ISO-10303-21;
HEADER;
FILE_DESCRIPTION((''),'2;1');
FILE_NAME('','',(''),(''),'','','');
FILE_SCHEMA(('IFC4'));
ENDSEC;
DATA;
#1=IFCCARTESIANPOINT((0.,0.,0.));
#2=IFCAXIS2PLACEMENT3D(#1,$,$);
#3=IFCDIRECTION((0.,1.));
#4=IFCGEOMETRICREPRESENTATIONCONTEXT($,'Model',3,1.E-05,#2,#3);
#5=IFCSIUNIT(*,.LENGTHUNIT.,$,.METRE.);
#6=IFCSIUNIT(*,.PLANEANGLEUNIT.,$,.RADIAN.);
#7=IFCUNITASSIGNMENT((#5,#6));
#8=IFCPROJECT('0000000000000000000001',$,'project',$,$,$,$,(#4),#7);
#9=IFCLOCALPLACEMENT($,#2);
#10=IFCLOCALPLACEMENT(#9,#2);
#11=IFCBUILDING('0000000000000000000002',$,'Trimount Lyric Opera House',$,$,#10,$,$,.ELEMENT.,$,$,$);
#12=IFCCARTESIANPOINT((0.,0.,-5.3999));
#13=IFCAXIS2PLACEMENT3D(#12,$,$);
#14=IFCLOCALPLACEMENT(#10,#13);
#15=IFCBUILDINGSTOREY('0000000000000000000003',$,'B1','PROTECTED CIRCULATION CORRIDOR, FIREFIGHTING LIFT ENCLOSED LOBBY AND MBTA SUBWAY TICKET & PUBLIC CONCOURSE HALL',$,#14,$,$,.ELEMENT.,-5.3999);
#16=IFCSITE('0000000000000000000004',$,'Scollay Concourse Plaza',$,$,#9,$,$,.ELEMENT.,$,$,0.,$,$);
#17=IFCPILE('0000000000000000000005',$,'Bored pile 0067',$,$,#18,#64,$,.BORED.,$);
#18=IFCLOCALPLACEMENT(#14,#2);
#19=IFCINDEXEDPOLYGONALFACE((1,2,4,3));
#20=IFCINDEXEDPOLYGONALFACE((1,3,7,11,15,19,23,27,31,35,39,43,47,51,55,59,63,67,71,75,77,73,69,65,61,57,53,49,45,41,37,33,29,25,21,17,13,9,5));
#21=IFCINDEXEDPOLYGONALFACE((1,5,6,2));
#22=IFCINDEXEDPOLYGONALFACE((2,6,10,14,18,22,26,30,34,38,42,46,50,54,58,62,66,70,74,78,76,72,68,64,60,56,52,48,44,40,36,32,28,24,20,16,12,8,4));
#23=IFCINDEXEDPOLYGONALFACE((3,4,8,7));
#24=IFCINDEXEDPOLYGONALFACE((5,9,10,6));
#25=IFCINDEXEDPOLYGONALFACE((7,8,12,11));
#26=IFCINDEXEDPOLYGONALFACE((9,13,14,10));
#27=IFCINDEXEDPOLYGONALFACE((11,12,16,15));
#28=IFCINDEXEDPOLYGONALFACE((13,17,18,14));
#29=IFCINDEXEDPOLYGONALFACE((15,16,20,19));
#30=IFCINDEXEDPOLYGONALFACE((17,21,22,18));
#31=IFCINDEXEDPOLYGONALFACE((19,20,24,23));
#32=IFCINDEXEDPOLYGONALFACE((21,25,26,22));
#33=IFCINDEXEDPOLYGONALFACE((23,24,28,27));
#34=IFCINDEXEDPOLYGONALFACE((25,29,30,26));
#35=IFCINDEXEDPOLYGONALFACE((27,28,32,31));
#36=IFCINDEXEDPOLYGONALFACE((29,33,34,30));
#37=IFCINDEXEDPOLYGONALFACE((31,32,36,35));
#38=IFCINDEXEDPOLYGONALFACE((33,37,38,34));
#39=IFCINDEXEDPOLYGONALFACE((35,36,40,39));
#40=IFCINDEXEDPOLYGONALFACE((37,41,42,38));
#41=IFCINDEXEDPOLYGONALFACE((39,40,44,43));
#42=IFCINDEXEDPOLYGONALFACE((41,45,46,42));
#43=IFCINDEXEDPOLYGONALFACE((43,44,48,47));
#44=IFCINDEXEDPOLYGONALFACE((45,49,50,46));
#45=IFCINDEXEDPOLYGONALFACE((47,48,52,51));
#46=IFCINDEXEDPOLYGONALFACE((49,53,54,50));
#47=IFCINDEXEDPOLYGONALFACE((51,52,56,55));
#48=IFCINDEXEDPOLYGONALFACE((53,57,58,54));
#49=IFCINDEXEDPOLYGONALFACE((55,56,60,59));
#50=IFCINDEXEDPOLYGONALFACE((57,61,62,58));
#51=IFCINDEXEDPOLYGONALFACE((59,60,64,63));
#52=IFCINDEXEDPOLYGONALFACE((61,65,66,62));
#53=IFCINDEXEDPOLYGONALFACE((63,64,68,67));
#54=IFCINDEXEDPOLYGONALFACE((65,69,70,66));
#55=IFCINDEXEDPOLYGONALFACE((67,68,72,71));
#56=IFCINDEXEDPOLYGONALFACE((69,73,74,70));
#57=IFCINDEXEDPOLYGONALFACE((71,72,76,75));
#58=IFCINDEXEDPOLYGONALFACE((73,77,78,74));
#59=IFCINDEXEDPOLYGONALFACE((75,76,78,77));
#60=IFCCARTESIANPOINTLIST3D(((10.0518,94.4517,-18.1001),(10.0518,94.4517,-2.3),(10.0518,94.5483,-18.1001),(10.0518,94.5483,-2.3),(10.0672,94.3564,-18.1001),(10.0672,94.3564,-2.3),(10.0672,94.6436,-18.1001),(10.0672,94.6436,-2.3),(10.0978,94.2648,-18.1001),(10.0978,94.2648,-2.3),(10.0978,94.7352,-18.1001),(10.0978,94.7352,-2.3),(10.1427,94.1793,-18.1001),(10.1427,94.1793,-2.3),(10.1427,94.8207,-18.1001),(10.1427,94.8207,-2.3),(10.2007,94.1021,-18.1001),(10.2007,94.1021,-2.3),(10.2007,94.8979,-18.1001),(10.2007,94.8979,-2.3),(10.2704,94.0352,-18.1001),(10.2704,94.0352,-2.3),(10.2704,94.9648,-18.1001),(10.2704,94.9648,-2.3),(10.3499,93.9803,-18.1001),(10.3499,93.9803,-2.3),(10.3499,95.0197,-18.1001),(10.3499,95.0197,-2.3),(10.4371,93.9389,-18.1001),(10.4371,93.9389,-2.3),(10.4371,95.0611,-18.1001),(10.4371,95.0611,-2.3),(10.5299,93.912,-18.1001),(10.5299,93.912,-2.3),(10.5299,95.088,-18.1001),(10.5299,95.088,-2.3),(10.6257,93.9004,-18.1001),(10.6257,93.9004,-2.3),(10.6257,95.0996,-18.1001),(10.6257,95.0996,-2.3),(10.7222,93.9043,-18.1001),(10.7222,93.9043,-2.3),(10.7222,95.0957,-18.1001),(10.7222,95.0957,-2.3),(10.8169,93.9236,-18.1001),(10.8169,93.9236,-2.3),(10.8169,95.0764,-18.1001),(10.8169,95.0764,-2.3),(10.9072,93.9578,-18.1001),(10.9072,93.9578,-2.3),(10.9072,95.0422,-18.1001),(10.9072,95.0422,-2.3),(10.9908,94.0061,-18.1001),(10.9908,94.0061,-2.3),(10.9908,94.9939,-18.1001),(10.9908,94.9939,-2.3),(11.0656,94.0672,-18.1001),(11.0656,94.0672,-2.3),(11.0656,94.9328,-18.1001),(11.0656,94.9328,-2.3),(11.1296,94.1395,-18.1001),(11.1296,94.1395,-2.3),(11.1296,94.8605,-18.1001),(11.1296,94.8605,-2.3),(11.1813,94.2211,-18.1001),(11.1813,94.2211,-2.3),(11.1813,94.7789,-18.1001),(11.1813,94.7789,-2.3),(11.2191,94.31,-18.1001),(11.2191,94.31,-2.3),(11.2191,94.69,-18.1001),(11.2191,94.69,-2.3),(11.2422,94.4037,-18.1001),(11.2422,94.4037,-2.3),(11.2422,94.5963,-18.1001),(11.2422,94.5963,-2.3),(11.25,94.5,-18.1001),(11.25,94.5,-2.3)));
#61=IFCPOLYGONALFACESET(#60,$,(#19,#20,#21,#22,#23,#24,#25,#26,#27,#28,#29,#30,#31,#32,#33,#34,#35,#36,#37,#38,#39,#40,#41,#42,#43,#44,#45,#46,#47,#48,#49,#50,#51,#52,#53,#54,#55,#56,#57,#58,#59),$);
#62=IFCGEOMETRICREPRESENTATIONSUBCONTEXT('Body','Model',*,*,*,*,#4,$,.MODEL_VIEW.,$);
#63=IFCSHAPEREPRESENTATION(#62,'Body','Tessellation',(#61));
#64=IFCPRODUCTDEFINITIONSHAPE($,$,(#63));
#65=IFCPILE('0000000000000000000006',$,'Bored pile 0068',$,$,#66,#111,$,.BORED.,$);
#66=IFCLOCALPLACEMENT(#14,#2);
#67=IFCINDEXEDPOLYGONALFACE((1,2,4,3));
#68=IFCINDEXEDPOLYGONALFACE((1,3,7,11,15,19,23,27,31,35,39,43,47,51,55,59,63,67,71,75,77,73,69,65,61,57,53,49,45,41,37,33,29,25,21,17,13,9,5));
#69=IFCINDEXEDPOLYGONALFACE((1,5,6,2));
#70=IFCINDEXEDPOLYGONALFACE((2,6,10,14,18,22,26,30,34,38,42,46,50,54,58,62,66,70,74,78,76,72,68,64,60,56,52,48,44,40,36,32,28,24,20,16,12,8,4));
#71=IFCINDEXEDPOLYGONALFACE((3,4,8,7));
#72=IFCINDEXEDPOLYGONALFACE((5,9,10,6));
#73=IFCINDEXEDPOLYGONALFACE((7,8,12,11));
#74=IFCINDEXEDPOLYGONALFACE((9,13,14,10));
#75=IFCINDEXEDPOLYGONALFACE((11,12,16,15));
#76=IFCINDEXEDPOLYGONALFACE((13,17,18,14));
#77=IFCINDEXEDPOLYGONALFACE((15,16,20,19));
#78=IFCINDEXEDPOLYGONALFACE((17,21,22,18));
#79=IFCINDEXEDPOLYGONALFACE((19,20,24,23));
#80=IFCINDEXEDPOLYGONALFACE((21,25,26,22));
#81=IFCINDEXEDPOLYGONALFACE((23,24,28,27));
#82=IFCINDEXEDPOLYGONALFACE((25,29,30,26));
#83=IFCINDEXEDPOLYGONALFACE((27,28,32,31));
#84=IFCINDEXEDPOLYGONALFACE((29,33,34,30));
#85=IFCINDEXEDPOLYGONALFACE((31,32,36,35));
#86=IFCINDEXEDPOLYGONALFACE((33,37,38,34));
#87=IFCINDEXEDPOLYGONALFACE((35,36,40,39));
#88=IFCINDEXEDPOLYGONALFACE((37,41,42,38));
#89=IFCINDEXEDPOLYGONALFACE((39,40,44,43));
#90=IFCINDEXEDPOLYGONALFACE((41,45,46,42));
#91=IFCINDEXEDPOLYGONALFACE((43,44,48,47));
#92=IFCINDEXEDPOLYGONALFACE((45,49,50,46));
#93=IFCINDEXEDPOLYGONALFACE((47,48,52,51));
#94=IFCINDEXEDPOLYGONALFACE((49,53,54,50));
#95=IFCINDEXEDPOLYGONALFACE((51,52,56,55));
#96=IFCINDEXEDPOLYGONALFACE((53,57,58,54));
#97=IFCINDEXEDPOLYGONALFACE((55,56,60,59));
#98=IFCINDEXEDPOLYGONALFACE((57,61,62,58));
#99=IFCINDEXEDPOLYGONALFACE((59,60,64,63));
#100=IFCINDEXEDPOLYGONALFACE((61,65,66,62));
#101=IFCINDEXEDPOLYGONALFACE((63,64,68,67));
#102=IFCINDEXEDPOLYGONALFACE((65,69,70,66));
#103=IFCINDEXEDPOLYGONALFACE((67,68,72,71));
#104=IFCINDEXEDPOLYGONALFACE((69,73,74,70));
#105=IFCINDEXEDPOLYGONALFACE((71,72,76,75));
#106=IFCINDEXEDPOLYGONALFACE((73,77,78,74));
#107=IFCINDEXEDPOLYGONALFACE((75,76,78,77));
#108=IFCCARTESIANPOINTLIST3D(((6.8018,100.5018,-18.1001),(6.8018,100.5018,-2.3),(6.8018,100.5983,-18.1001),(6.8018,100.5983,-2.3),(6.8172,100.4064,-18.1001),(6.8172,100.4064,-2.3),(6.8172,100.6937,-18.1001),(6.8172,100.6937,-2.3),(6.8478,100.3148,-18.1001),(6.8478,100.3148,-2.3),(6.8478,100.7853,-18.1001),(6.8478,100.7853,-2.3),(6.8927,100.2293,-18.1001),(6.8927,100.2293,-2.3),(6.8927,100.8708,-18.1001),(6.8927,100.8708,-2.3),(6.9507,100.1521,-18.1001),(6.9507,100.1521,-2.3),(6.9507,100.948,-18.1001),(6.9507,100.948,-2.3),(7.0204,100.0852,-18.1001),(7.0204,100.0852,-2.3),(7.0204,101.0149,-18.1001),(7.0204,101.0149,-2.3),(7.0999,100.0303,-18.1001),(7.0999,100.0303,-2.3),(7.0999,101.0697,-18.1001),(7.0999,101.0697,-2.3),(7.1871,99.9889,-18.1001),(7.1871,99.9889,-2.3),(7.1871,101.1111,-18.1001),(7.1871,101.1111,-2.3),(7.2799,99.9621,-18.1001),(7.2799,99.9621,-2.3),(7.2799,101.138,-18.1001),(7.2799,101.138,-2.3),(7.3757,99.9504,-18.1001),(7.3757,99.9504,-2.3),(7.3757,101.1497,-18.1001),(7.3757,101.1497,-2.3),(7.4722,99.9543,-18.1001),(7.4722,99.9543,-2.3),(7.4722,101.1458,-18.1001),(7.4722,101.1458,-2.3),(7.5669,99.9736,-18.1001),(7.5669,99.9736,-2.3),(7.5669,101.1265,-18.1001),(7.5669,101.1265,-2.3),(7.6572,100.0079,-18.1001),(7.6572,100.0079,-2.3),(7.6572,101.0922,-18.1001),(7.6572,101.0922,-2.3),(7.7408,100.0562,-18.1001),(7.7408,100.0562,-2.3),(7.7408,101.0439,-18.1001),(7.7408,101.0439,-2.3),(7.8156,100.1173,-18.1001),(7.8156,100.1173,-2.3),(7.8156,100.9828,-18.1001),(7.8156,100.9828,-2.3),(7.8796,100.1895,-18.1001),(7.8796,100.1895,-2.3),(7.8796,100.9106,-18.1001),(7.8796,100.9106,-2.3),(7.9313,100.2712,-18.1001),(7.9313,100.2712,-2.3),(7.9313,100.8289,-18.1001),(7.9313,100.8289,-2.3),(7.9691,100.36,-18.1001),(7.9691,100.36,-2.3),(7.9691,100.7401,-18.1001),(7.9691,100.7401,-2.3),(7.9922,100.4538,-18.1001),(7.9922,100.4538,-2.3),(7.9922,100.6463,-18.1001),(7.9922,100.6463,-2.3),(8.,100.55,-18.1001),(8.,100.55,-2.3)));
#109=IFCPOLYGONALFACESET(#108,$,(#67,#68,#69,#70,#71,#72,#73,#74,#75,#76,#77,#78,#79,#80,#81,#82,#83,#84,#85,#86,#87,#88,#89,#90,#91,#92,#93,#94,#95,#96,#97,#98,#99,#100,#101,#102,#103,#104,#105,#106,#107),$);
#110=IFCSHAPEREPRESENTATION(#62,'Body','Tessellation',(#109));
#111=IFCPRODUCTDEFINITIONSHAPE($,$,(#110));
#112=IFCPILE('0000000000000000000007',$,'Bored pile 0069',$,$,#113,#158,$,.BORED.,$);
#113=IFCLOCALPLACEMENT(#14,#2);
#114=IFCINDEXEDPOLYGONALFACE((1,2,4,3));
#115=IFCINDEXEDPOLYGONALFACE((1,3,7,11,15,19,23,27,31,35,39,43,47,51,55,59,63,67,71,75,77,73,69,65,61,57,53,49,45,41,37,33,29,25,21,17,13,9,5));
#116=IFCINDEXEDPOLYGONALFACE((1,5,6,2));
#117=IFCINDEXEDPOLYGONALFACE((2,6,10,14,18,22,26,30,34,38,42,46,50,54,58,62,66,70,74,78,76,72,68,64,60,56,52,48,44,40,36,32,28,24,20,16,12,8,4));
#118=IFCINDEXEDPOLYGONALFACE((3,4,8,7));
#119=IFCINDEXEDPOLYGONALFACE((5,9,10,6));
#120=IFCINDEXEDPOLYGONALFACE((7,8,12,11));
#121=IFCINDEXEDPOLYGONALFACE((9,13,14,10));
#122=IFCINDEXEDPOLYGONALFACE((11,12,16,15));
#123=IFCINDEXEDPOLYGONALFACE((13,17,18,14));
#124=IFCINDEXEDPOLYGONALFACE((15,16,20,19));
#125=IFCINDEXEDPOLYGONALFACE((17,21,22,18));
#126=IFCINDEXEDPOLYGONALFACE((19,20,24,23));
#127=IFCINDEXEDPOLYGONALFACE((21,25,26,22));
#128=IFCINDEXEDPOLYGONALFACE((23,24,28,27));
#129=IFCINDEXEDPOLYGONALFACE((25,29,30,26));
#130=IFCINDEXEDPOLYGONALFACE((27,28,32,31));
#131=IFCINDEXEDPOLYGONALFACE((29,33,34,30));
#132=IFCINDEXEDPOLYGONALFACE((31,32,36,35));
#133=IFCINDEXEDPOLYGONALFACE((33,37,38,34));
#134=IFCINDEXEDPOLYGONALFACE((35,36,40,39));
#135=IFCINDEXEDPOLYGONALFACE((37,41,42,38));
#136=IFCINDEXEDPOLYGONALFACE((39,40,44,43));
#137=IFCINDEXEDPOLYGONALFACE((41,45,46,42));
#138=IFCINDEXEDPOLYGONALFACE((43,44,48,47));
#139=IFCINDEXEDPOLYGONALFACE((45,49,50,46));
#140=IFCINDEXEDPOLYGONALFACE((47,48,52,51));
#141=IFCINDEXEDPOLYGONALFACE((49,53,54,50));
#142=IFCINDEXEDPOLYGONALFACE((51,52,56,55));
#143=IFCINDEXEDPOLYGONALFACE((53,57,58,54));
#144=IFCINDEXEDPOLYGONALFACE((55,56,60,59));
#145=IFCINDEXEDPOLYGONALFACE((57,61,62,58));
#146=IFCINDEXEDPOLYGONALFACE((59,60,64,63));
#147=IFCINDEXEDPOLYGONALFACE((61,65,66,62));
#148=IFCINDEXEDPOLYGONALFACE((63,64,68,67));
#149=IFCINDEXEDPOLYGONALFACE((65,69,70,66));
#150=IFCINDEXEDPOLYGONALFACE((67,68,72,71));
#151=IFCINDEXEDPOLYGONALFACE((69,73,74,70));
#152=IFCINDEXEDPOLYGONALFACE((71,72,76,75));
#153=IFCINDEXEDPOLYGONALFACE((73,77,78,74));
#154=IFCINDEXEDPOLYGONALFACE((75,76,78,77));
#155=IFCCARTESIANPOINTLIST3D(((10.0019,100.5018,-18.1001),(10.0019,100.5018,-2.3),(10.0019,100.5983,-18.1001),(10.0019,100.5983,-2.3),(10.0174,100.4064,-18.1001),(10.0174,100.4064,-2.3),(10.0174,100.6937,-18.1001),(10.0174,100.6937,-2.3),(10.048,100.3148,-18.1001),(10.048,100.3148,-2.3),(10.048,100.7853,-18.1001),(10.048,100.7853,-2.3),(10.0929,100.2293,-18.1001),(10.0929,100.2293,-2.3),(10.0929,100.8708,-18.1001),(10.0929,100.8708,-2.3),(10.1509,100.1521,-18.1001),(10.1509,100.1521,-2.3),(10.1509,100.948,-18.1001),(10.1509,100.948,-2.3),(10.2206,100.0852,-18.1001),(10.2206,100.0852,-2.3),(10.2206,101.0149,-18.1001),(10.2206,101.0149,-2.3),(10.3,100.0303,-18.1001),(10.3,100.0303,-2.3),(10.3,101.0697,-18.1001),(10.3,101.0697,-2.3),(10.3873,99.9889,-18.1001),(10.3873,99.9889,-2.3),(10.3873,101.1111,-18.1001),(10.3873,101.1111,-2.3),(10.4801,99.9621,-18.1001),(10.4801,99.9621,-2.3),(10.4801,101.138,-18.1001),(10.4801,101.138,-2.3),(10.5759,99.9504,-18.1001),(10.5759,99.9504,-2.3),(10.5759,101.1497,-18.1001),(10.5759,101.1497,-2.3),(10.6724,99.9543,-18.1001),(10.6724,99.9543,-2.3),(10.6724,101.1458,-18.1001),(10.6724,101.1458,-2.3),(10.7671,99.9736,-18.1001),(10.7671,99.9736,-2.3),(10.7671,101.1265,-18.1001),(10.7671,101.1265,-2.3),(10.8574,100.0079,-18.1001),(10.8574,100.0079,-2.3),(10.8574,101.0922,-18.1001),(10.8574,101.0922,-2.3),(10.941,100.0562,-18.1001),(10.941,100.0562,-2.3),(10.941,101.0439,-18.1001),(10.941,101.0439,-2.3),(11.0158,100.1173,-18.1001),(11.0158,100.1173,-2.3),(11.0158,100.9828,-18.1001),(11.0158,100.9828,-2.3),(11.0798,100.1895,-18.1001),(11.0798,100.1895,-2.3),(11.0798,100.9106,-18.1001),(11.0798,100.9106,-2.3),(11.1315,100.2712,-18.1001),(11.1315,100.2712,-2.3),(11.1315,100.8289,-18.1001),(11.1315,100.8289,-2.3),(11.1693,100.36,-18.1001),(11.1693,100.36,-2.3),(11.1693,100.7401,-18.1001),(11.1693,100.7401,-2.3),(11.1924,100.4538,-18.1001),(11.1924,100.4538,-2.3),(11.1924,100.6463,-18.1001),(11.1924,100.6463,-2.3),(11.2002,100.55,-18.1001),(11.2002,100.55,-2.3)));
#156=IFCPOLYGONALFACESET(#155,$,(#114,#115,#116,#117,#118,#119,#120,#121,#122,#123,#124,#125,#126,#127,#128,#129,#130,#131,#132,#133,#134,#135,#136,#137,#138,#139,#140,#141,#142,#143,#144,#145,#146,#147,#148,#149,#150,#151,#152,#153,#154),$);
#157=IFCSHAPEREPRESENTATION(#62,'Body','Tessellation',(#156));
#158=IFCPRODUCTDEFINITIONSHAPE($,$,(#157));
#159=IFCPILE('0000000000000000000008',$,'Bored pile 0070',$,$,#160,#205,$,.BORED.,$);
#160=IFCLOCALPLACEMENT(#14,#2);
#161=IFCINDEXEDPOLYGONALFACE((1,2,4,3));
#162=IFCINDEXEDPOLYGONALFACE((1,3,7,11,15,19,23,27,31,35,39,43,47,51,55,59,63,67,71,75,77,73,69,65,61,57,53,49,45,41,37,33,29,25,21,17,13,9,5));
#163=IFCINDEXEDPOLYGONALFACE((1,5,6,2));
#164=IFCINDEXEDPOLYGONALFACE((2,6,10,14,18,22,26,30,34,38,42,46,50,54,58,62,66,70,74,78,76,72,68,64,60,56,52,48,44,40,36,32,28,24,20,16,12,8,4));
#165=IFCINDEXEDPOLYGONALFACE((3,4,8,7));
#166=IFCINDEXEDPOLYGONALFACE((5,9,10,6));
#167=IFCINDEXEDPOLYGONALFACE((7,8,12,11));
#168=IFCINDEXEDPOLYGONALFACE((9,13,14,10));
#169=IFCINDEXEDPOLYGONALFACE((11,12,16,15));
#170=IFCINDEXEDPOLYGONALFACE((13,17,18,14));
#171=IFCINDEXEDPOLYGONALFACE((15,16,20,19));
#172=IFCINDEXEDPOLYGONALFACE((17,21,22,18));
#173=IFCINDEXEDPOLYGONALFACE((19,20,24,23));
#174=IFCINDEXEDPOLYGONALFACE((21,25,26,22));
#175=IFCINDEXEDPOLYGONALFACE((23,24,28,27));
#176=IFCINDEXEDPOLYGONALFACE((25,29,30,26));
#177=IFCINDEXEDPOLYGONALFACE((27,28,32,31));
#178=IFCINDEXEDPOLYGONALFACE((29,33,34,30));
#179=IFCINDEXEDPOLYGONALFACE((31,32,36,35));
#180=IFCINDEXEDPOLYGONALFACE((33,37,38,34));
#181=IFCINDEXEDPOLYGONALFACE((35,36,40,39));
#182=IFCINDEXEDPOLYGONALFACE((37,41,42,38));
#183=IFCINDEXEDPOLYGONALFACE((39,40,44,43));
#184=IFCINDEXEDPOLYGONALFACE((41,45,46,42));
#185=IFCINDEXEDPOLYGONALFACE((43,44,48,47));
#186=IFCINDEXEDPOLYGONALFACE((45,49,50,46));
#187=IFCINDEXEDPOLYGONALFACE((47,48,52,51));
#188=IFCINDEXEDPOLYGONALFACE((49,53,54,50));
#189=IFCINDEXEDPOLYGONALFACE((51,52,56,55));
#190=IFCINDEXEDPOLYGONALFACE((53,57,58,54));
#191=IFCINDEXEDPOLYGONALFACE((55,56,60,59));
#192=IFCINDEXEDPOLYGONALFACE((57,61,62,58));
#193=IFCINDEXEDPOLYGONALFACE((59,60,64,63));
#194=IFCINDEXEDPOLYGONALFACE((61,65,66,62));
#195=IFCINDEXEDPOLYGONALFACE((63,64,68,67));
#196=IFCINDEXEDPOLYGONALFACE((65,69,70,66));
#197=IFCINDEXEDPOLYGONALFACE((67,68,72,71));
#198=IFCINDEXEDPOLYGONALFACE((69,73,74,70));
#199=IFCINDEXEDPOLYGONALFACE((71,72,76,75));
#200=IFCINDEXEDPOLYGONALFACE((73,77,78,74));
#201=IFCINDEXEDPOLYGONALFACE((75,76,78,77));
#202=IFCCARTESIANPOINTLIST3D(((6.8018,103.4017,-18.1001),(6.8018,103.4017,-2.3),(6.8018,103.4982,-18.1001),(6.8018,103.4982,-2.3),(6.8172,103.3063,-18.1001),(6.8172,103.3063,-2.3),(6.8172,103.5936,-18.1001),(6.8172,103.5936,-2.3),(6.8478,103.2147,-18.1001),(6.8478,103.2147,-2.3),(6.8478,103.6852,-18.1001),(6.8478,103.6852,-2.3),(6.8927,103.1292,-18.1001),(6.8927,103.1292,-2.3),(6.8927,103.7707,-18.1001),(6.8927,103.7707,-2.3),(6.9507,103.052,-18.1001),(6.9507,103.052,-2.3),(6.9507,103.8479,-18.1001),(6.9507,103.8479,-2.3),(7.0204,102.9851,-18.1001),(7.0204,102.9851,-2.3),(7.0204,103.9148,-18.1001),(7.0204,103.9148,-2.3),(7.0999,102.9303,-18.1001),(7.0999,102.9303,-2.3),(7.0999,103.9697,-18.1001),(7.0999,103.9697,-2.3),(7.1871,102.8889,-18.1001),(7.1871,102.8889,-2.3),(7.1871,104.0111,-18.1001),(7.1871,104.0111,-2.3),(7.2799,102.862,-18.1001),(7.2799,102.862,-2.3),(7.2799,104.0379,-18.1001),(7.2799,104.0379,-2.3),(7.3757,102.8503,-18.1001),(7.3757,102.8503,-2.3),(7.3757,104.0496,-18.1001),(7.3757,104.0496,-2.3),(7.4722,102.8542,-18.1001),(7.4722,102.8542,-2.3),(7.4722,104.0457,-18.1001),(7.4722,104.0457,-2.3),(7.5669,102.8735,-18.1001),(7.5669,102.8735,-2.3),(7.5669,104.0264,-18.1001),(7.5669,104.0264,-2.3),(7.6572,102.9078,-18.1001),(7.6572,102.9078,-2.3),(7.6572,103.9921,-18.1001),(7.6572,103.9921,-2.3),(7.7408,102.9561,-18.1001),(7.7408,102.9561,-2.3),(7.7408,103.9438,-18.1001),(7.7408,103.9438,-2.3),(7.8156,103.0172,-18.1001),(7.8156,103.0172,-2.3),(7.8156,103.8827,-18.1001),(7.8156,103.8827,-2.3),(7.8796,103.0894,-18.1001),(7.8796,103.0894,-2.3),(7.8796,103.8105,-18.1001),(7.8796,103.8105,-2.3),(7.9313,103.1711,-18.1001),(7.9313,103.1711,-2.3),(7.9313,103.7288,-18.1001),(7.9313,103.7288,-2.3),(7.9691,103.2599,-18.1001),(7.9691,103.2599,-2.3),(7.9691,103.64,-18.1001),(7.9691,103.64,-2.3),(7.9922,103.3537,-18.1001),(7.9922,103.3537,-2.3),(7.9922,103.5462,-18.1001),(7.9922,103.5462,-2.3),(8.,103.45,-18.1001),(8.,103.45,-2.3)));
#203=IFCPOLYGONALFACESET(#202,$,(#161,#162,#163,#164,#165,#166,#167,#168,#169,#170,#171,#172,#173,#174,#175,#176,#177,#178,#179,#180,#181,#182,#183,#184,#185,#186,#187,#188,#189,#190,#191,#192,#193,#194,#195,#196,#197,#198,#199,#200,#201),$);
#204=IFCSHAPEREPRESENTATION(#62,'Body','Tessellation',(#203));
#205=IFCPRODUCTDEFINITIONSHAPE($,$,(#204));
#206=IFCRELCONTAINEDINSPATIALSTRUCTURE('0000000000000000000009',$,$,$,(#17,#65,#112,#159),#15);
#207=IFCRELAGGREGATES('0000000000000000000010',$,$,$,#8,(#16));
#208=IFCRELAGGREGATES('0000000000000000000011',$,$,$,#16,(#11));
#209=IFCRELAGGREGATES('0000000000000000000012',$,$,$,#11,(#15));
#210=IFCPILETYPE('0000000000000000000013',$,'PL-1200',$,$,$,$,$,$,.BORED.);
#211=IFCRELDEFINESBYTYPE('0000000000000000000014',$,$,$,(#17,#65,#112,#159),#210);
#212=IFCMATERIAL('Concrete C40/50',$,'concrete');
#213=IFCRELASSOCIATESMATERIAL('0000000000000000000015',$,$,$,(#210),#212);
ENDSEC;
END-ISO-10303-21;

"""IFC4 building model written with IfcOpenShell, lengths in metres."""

from ifc_helpers import new_model, si_unit, direction, frame, origin, origin_2d, place, context, subcontext, project, spatial, circle, extrude, material, material_profile, profile_set, type_object, element, save


model = new_model("IFC4")

# Units and contexts
model_context = context("Model", 3, precision=1e-05, world=origin(), true_north=direction((0.0, 1.0)))
body_context = subcontext(model_context, "Body", "Model", "MODEL_VIEW")
ifc_project = project(units=[si_unit("LENGTHUNIT", "METRE"), si_unit("PLANEANGLEUNIT", "RADIAN")], contexts=[model_context])

# Site, building, storey
site_placement = place(None, origin())
site = spatial("IfcSite", under=ifc_project, at=site_placement, Name="Scollay Concourse Plaza", CompositionType="ELEMENT", RefElevation=0.0)
building_placement = place(site_placement, origin())
building = spatial("IfcBuilding", under=site, at=building_placement, Name="Trimount Lyric Opera House", CompositionType="ELEMENT")
storey_placement = place(building_placement, frame((0.0, 0.0, -5.3999)))
storey = spatial("IfcBuildingStorey", under=building, at=storey_placement, Name="B1", Description="PROTECTED CIRCULATION CORRIDOR, FIREFIGHTING LIFT ENCLOSED LOBBY AND MBTA SUBWAY TICKET & PUBLIC CONCOURSE HALL", CompositionType="ELEMENT", Elevation=-5.3999)

# Piles
ifc_material_1 = material(Name="Concrete C40/50", Category="concrete")
ifc_material_profile_1 = material_profile(ifc_material_1, circle(Radius=0.6001, at=origin_2d()), Name="PILE-D1200")
ifc_profile_set_1 = profile_set([ifc_material_profile_1], Name="Concrete C40/50")
pile_type_1 = type_object("IfcPileType", Name="PL-1200", PredefinedType="BORED", material=ifc_profile_set_1)
for number, where, z_axis, x_axis, name in (
    (1, (10.6499, 94.5, -2.3), (0.0, 0.0, -1.0), (1.0, 0.0, 0.0), "Bored pile 0067"),
    (2, (7.3999, 100.55, -2.3), (0.0, 0.0, -1.0), (1.0, 0.0, 0.0), "Bored pile 0068"),
    (3, (10.6001, 100.55, -2.3), (0.0, 0.0, -1.0), (1.0, 0.0, 0.0), "Bored pile 0069"),
    (4, (7.3999, 103.45, -2.3), (0.0, 0.0, -1.0), (1.0, 0.0, 0.0), "Bored pile 0070"),
):
    element("IfcPile", number, at=place(storey_placement, frame(where, z_axis=z_axis, x_axis=x_axis)), inside=storey, type_object=pile_type_1, Name=name, PredefinedType="BORED", context=body_context, shape_type="SweptSolid", body=[
        extrude(circle(Radius=0.6001, at=origin_2d()), origin(), (0.0, 0.0, 1.0), 15.8),
    ])

save(model, "model.ifc")
